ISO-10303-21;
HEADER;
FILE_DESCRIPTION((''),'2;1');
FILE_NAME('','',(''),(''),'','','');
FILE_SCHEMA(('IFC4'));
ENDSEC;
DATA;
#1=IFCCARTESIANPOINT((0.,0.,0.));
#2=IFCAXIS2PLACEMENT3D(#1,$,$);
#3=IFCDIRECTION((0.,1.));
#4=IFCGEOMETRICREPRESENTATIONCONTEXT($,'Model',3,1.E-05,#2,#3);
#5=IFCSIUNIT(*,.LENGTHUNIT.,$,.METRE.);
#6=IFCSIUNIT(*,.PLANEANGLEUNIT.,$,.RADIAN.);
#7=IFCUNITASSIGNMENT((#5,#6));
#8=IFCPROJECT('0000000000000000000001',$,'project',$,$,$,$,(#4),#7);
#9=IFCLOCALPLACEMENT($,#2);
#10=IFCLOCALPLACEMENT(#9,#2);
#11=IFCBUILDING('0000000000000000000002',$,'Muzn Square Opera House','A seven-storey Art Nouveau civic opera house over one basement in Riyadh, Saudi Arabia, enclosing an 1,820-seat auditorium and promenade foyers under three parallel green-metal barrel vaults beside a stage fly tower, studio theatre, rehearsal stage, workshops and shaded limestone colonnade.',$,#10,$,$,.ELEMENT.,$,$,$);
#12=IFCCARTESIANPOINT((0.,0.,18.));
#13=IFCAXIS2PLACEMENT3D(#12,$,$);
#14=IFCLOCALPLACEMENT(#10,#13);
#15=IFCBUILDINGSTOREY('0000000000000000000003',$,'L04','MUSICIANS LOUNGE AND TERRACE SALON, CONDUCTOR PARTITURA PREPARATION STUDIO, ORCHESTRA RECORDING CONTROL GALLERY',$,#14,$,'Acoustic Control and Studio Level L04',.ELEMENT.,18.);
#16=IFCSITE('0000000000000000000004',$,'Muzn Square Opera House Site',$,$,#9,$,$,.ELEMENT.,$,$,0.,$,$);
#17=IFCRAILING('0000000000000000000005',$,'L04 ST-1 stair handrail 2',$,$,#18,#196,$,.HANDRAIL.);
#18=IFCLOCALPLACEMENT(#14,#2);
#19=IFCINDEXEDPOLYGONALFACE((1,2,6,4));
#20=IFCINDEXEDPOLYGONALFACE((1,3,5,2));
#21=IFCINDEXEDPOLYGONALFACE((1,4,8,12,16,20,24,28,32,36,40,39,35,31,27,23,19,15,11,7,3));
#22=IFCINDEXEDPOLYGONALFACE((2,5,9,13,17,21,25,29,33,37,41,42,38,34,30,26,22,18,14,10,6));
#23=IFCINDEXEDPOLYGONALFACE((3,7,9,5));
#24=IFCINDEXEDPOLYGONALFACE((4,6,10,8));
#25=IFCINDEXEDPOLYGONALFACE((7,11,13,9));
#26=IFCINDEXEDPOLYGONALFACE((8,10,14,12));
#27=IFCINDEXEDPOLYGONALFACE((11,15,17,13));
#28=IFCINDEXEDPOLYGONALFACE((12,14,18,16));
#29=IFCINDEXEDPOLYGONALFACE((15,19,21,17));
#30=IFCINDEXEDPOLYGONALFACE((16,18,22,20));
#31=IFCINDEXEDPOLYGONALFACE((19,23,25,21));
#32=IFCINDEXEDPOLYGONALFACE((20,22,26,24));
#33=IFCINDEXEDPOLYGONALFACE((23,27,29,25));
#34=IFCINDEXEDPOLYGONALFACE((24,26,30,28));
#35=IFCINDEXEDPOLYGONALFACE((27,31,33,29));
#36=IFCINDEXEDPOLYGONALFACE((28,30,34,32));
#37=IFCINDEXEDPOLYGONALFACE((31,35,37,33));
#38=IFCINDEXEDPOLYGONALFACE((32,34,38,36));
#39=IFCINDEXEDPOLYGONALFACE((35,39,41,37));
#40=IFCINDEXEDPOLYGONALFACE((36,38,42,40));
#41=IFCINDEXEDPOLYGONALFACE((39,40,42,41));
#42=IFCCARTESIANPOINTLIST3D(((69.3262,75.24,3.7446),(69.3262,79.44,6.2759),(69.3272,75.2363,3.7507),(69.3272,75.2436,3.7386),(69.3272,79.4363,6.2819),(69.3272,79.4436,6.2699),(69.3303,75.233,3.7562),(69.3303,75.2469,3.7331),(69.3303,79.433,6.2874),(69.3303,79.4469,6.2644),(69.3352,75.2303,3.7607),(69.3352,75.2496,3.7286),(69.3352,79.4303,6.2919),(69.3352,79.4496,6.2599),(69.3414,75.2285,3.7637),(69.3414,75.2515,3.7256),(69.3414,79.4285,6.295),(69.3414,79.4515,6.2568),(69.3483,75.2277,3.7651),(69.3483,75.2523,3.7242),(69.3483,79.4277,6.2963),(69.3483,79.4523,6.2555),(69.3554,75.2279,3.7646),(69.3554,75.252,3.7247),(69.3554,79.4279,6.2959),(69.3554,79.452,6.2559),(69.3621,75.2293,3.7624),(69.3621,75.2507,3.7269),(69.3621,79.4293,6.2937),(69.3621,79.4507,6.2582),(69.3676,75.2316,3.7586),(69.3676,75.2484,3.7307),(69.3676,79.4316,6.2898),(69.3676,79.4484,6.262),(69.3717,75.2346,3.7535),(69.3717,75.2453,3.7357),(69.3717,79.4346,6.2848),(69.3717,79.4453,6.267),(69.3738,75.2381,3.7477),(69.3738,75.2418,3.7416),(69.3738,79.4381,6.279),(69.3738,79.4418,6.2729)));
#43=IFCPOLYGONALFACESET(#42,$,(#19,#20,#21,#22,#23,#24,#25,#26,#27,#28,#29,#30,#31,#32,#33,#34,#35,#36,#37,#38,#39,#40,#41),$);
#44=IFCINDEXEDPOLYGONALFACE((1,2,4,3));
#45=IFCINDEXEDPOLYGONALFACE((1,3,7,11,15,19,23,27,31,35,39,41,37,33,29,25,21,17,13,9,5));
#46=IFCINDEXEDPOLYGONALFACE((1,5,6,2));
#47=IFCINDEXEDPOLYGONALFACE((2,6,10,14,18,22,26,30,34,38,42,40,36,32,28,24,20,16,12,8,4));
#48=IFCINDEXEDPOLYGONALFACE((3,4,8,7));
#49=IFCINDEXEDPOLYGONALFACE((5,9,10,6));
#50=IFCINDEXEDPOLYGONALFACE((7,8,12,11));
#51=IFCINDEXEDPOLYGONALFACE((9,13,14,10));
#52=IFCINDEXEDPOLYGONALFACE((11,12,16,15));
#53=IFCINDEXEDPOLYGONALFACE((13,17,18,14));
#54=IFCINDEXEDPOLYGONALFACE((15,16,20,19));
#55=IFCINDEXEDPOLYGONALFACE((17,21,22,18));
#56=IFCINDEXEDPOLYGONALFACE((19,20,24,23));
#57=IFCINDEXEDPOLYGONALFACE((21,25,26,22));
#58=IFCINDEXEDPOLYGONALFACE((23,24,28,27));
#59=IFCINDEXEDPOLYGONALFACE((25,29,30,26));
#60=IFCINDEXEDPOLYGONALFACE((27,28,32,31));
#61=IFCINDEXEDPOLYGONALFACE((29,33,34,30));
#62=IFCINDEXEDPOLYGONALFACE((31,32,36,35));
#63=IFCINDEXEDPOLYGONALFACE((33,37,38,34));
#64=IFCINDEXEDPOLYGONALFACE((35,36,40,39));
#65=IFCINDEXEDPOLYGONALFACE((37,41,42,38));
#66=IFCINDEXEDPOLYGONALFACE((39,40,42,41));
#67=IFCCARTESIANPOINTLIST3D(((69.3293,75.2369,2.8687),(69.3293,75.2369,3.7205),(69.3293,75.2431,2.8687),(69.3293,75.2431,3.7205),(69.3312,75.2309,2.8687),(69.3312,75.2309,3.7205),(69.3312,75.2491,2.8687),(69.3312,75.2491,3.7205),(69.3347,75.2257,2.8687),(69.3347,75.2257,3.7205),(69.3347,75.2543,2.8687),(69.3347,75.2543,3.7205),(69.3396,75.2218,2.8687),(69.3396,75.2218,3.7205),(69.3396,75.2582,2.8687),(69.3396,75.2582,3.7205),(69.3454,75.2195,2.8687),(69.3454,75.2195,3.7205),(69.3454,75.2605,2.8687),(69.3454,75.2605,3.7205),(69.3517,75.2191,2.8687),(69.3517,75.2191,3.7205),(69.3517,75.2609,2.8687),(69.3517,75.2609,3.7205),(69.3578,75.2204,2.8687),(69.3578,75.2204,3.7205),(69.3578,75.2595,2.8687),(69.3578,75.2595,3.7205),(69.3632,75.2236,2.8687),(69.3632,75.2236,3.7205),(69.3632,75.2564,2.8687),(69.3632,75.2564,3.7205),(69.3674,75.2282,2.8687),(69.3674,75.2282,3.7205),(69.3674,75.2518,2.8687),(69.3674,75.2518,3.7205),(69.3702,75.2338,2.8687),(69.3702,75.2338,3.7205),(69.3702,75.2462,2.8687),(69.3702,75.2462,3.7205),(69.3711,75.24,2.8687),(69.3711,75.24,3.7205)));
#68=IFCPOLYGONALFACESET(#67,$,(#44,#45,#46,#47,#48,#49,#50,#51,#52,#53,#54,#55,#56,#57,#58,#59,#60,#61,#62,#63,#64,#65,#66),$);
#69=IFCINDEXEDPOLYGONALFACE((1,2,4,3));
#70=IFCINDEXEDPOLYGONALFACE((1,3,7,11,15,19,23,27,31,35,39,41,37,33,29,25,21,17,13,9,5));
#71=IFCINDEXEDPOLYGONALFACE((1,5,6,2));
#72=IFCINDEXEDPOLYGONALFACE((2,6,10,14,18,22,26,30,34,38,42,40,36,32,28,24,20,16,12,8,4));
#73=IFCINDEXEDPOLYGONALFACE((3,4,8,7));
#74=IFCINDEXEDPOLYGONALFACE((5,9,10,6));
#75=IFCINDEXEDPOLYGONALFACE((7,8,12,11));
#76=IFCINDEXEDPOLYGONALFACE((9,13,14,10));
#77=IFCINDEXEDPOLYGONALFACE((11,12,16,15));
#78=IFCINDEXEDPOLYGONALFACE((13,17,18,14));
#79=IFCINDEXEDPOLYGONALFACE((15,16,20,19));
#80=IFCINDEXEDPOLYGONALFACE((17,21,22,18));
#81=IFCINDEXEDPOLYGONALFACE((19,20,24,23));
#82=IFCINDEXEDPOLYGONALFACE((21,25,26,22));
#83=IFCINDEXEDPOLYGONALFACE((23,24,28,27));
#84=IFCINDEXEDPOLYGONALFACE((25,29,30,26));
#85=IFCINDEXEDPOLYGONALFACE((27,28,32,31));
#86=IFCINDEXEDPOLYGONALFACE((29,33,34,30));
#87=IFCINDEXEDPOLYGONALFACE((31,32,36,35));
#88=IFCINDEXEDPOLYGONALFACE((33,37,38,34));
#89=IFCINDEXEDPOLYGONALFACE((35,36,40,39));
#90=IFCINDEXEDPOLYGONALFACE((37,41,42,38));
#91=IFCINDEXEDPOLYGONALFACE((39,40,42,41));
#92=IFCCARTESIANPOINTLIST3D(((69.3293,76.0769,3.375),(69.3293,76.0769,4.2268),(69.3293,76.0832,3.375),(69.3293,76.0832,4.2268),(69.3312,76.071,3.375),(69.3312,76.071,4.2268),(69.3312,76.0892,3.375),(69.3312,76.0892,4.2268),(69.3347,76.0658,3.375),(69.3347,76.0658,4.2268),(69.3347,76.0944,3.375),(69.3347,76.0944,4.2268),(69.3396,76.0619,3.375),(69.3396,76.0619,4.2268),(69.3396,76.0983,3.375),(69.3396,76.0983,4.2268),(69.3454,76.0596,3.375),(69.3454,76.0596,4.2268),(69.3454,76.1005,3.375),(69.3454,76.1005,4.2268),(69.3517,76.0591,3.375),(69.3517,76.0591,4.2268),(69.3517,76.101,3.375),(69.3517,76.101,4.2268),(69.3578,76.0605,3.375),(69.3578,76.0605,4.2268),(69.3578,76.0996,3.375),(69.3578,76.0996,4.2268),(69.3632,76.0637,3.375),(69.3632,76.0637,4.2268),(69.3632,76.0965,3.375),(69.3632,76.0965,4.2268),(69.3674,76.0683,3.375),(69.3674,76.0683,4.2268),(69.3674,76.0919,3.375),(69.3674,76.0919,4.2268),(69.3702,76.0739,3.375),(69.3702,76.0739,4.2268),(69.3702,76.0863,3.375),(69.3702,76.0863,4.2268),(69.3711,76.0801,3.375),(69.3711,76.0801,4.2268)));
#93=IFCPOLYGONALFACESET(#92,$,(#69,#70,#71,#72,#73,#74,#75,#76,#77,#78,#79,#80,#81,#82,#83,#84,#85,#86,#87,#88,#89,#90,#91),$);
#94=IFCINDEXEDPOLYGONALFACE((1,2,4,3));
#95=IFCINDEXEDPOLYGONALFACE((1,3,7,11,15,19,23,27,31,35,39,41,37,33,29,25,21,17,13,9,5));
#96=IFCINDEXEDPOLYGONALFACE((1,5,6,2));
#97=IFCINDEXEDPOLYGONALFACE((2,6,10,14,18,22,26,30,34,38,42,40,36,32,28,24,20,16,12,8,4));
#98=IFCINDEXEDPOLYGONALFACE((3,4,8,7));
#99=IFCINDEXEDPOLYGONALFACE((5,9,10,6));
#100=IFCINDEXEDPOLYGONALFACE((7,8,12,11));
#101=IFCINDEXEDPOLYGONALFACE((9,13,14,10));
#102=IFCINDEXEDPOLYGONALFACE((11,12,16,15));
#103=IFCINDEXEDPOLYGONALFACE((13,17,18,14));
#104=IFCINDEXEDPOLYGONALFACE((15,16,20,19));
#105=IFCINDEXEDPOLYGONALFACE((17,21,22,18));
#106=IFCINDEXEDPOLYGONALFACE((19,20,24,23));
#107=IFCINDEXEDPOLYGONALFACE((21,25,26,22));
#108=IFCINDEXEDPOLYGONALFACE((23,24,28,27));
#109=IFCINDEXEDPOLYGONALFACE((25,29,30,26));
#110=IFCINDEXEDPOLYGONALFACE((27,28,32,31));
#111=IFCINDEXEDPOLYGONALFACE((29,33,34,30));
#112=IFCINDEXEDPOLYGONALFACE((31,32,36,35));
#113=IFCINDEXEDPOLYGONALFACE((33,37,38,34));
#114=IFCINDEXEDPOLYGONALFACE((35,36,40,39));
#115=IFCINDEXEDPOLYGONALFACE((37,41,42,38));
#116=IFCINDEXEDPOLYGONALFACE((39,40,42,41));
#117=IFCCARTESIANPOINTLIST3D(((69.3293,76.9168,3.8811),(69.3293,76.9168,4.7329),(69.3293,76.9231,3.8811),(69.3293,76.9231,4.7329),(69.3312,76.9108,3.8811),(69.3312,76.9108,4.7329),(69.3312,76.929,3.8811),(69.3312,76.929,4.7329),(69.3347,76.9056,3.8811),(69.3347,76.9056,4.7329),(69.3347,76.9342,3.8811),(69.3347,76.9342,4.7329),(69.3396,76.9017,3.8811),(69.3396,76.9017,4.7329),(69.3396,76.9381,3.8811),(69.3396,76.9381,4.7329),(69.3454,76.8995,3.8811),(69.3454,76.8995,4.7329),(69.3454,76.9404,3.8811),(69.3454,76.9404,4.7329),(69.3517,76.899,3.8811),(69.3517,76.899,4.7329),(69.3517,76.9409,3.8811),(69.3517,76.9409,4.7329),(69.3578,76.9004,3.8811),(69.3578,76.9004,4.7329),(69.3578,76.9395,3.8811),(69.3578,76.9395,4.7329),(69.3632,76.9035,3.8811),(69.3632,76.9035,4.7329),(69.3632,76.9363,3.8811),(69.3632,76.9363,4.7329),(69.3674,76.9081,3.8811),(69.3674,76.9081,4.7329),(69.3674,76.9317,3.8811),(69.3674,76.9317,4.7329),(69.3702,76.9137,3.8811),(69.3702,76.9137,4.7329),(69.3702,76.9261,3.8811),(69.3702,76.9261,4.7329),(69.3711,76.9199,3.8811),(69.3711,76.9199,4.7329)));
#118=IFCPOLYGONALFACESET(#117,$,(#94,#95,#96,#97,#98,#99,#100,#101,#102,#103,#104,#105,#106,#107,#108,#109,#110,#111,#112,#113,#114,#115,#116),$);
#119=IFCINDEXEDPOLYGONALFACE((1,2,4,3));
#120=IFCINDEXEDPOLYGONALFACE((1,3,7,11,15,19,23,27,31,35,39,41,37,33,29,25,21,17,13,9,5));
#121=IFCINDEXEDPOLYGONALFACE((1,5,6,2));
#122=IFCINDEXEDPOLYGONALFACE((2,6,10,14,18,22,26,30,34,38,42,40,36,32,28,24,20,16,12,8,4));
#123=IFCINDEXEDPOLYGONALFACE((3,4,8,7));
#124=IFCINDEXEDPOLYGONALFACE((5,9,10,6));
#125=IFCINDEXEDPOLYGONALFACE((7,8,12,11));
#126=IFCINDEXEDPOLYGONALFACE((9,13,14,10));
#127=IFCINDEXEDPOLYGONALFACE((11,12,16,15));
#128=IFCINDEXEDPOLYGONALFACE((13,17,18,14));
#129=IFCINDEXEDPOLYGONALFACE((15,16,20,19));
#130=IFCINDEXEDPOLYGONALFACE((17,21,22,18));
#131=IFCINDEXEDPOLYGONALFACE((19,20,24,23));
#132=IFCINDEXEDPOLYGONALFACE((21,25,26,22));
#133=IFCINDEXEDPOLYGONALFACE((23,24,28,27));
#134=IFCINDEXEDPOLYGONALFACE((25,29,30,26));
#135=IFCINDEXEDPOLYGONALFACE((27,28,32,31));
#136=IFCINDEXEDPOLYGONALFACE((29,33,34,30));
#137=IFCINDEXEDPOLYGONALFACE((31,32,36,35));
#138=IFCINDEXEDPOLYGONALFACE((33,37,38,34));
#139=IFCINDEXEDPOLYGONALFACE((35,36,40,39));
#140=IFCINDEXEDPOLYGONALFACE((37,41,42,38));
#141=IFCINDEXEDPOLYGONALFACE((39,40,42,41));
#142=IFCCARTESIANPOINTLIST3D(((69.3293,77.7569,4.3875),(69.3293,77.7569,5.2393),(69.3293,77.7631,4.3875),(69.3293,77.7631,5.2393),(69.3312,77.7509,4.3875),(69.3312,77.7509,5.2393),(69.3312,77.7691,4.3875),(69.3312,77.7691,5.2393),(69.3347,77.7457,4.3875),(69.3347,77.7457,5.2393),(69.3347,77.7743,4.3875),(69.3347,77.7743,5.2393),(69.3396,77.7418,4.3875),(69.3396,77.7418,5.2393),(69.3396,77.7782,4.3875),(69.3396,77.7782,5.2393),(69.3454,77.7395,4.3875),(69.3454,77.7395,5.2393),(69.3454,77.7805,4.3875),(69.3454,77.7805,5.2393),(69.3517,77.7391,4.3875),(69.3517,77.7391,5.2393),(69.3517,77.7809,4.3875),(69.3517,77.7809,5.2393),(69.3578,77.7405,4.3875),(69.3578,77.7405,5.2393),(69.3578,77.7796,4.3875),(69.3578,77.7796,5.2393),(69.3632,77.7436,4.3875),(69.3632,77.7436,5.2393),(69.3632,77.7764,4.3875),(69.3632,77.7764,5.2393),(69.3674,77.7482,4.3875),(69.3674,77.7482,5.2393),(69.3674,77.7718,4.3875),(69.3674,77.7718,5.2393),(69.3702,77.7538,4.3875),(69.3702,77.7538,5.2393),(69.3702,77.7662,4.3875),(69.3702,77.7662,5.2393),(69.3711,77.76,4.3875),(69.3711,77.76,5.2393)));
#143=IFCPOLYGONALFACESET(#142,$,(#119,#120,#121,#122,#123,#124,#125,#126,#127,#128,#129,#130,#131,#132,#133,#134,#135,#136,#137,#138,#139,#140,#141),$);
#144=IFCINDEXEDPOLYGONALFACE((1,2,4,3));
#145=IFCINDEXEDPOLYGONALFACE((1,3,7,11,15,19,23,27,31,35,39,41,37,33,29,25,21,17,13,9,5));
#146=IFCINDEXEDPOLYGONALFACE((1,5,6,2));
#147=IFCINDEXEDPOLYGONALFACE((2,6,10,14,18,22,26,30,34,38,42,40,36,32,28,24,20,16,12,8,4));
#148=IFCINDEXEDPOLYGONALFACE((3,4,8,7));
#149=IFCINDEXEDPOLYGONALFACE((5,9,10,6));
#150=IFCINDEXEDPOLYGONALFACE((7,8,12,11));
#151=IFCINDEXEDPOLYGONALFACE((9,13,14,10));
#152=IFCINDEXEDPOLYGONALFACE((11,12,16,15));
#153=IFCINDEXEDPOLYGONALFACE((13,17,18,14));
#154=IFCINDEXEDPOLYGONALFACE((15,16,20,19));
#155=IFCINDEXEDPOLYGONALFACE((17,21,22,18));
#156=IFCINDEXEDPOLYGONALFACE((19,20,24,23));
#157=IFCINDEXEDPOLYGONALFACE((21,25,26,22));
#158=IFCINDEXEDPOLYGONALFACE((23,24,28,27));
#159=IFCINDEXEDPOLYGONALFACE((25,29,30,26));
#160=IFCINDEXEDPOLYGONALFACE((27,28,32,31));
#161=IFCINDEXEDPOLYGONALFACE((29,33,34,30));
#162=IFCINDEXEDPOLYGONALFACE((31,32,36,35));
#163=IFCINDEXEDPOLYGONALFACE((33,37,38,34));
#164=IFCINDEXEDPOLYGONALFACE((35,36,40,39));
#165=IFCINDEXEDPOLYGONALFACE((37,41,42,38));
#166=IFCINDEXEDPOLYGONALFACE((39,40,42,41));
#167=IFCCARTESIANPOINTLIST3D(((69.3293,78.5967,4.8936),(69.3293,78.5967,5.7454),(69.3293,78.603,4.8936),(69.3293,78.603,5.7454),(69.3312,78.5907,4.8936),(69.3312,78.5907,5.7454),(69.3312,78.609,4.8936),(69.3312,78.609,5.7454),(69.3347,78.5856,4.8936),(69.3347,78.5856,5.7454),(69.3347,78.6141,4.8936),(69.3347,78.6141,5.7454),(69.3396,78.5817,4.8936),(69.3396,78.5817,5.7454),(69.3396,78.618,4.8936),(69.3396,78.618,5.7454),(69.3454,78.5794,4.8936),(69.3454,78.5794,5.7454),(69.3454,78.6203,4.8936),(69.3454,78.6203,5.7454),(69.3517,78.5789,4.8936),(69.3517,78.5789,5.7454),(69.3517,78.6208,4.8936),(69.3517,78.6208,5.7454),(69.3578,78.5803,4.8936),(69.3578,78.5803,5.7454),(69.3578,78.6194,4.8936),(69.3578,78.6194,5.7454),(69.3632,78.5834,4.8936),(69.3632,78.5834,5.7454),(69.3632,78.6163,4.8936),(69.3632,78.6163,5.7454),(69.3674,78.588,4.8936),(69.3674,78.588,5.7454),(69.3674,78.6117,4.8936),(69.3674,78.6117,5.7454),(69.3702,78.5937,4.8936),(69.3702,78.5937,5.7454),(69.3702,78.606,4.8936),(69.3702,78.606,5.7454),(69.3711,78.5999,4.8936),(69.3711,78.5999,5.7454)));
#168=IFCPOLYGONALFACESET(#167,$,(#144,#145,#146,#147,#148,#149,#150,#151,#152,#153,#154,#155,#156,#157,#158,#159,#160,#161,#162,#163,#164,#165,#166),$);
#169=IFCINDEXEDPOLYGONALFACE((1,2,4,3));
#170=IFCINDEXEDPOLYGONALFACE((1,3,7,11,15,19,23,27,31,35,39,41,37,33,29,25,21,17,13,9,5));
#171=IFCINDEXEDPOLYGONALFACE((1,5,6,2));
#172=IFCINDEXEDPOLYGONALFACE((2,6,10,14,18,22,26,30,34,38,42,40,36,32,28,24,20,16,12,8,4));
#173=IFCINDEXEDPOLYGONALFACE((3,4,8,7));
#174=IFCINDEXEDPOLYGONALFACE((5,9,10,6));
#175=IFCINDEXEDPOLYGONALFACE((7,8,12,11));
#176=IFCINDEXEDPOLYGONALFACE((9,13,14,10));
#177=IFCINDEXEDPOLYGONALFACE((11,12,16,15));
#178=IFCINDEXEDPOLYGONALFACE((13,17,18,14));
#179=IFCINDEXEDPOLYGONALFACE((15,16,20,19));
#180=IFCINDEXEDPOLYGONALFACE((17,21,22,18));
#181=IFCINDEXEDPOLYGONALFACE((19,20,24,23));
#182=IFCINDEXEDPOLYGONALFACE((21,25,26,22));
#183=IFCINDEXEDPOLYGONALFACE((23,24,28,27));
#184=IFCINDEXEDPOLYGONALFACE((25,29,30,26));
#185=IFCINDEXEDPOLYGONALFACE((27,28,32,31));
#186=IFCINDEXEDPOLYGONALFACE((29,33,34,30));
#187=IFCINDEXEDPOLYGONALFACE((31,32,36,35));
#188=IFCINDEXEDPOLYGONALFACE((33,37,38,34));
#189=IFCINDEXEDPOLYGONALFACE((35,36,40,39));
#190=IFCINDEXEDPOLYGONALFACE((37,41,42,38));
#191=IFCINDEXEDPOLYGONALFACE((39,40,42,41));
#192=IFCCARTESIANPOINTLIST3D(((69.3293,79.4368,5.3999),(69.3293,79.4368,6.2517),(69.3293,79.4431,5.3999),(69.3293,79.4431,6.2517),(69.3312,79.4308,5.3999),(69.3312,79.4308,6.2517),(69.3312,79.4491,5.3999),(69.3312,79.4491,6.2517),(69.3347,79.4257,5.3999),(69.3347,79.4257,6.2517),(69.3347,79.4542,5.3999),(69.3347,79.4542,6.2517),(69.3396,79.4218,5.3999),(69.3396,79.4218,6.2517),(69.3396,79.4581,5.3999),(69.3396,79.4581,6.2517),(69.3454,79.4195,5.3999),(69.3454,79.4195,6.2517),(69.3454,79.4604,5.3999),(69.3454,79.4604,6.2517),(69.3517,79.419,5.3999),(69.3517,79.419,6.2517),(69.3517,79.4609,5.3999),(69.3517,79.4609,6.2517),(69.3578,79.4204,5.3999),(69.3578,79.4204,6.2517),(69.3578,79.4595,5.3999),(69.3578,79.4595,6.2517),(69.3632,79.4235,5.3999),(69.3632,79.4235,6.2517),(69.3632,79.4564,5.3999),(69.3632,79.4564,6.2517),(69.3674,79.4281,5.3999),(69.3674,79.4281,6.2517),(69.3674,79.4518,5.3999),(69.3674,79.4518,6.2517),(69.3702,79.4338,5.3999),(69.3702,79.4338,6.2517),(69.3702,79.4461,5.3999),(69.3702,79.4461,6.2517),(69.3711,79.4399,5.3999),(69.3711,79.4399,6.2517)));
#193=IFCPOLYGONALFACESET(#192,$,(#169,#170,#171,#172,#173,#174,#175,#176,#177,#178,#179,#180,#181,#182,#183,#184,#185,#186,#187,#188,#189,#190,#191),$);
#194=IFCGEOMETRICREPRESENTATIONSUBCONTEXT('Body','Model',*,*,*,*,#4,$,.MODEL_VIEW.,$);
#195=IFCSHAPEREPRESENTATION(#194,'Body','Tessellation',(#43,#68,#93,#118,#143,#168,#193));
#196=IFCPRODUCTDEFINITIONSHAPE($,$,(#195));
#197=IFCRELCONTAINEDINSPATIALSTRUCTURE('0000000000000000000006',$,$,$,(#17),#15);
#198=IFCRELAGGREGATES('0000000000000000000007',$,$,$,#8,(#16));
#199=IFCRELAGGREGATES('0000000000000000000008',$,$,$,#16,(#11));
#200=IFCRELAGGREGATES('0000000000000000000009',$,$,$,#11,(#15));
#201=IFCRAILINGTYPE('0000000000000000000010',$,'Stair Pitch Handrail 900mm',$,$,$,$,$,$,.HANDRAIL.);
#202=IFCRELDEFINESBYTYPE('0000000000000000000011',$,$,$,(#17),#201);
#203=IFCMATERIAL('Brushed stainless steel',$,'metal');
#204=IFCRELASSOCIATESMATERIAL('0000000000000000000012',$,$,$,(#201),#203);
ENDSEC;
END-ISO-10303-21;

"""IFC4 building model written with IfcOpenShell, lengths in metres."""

from ifc_helpers import new_model, si_unit, direction, frame, origin, origin_2d, place, context, subcontext, project, spatial, circle, extrude, material, type_object, element, save


model = new_model("IFC4")

# Units and contexts
model_context = context("Model", 3, precision=1e-05, world=origin(), true_north=direction((0.0, 1.0)))
body_context = subcontext(model_context, "Body", "Model", "MODEL_VIEW")
ifc_project = project(units=[si_unit("LENGTHUNIT", "METRE"), si_unit("PLANEANGLEUNIT", "RADIAN")], contexts=[model_context])

# Site, building, storey
site_placement = place(None, origin())
site = spatial("IfcSite", under=ifc_project, at=site_placement, Name="Muzn Square Opera House Site", CompositionType="ELEMENT", RefElevation=0.0)
building_placement = place(site_placement, origin())
building = spatial("IfcBuilding", under=site, at=building_placement, Name="Muzn Square Opera House", Description="A seven-storey Art Nouveau civic opera house over one basement in Riyadh, Saudi Arabia, enclosing an 1,820-seat auditorium and promenade foyers under three parallel green-metal barrel vaults beside a stage fly tower, studio theatre, rehearsal stage, workshops and shaded limestone colonnade.", CompositionType="ELEMENT")
storey_placement = place(building_placement, frame((0.0, 0.0, 18.0)))
storey = spatial("IfcBuildingStorey", under=building, at=storey_placement, Name="L04", Description="MUSICIANS LOUNGE AND TERRACE SALON, CONDUCTOR PARTITURA PREPARATION STUDIO, ORCHESTRA RECORDING CONTROL GALLERY", LongName="Acoustic Control and Studio Level L04", CompositionType="ELEMENT", Elevation=18.0)

# Railing
ifc_material_1 = material(Name="Brushed stainless steel", Category="metal")
railing_type_1 = type_object("IfcRailingType", Name="Stair Pitch Handrail 900mm", PredefinedType="HANDRAIL", material=ifc_material_1)
railing_1_placement = place(storey_placement, frame((69.3501, 75.24, 2.8687)))
element("IfcRailing", 1, at=railing_1_placement, inside=storey, type_object=railing_type_1, Name="L04 ST-1 stair handrail 2", PredefinedType="HANDRAIL", context=body_context, shape_type="SweptSolid", body=[
    extrude(circle(Radius=0.0239, at=origin_2d()), frame((0.0, 0.0, 0.876), z_axis=(0.0, 0.856476, 0.516186), x_axis=(-1.0, 0.0, 0.0)), (0.0, 0.0, 1.0), 4.9038),
    extrude(circle(Radius=0.021, at=origin_2d()), origin(), (0.0, 0.0, 1.0), 0.8518),
    extrude(circle(Radius=0.021, at=origin_2d()), frame((0.0, 0.8401, 0.5063)), (0.0, 0.0, 1.0), 0.8518),
    extrude(circle(Radius=0.021, at=origin_2d()), frame((0.0, 1.6799, 1.0125)), (0.0, 0.0, 1.0), 0.8518),
    extrude(circle(Radius=0.021, at=origin_2d()), frame((0.0, 2.52, 1.5188)), (0.0, 0.0, 1.0), 0.8518),
    extrude(circle(Radius=0.021, at=origin_2d()), frame((0.0, 3.3599, 2.0249)), (0.0, 0.0, 1.0), 0.8518),
    extrude(circle(Radius=0.021, at=origin_2d()), frame((0.0, 4.2, 2.5312)), (0.0, 0.0, 1.0), 0.8518),
])

save(model, "model.ifc")
